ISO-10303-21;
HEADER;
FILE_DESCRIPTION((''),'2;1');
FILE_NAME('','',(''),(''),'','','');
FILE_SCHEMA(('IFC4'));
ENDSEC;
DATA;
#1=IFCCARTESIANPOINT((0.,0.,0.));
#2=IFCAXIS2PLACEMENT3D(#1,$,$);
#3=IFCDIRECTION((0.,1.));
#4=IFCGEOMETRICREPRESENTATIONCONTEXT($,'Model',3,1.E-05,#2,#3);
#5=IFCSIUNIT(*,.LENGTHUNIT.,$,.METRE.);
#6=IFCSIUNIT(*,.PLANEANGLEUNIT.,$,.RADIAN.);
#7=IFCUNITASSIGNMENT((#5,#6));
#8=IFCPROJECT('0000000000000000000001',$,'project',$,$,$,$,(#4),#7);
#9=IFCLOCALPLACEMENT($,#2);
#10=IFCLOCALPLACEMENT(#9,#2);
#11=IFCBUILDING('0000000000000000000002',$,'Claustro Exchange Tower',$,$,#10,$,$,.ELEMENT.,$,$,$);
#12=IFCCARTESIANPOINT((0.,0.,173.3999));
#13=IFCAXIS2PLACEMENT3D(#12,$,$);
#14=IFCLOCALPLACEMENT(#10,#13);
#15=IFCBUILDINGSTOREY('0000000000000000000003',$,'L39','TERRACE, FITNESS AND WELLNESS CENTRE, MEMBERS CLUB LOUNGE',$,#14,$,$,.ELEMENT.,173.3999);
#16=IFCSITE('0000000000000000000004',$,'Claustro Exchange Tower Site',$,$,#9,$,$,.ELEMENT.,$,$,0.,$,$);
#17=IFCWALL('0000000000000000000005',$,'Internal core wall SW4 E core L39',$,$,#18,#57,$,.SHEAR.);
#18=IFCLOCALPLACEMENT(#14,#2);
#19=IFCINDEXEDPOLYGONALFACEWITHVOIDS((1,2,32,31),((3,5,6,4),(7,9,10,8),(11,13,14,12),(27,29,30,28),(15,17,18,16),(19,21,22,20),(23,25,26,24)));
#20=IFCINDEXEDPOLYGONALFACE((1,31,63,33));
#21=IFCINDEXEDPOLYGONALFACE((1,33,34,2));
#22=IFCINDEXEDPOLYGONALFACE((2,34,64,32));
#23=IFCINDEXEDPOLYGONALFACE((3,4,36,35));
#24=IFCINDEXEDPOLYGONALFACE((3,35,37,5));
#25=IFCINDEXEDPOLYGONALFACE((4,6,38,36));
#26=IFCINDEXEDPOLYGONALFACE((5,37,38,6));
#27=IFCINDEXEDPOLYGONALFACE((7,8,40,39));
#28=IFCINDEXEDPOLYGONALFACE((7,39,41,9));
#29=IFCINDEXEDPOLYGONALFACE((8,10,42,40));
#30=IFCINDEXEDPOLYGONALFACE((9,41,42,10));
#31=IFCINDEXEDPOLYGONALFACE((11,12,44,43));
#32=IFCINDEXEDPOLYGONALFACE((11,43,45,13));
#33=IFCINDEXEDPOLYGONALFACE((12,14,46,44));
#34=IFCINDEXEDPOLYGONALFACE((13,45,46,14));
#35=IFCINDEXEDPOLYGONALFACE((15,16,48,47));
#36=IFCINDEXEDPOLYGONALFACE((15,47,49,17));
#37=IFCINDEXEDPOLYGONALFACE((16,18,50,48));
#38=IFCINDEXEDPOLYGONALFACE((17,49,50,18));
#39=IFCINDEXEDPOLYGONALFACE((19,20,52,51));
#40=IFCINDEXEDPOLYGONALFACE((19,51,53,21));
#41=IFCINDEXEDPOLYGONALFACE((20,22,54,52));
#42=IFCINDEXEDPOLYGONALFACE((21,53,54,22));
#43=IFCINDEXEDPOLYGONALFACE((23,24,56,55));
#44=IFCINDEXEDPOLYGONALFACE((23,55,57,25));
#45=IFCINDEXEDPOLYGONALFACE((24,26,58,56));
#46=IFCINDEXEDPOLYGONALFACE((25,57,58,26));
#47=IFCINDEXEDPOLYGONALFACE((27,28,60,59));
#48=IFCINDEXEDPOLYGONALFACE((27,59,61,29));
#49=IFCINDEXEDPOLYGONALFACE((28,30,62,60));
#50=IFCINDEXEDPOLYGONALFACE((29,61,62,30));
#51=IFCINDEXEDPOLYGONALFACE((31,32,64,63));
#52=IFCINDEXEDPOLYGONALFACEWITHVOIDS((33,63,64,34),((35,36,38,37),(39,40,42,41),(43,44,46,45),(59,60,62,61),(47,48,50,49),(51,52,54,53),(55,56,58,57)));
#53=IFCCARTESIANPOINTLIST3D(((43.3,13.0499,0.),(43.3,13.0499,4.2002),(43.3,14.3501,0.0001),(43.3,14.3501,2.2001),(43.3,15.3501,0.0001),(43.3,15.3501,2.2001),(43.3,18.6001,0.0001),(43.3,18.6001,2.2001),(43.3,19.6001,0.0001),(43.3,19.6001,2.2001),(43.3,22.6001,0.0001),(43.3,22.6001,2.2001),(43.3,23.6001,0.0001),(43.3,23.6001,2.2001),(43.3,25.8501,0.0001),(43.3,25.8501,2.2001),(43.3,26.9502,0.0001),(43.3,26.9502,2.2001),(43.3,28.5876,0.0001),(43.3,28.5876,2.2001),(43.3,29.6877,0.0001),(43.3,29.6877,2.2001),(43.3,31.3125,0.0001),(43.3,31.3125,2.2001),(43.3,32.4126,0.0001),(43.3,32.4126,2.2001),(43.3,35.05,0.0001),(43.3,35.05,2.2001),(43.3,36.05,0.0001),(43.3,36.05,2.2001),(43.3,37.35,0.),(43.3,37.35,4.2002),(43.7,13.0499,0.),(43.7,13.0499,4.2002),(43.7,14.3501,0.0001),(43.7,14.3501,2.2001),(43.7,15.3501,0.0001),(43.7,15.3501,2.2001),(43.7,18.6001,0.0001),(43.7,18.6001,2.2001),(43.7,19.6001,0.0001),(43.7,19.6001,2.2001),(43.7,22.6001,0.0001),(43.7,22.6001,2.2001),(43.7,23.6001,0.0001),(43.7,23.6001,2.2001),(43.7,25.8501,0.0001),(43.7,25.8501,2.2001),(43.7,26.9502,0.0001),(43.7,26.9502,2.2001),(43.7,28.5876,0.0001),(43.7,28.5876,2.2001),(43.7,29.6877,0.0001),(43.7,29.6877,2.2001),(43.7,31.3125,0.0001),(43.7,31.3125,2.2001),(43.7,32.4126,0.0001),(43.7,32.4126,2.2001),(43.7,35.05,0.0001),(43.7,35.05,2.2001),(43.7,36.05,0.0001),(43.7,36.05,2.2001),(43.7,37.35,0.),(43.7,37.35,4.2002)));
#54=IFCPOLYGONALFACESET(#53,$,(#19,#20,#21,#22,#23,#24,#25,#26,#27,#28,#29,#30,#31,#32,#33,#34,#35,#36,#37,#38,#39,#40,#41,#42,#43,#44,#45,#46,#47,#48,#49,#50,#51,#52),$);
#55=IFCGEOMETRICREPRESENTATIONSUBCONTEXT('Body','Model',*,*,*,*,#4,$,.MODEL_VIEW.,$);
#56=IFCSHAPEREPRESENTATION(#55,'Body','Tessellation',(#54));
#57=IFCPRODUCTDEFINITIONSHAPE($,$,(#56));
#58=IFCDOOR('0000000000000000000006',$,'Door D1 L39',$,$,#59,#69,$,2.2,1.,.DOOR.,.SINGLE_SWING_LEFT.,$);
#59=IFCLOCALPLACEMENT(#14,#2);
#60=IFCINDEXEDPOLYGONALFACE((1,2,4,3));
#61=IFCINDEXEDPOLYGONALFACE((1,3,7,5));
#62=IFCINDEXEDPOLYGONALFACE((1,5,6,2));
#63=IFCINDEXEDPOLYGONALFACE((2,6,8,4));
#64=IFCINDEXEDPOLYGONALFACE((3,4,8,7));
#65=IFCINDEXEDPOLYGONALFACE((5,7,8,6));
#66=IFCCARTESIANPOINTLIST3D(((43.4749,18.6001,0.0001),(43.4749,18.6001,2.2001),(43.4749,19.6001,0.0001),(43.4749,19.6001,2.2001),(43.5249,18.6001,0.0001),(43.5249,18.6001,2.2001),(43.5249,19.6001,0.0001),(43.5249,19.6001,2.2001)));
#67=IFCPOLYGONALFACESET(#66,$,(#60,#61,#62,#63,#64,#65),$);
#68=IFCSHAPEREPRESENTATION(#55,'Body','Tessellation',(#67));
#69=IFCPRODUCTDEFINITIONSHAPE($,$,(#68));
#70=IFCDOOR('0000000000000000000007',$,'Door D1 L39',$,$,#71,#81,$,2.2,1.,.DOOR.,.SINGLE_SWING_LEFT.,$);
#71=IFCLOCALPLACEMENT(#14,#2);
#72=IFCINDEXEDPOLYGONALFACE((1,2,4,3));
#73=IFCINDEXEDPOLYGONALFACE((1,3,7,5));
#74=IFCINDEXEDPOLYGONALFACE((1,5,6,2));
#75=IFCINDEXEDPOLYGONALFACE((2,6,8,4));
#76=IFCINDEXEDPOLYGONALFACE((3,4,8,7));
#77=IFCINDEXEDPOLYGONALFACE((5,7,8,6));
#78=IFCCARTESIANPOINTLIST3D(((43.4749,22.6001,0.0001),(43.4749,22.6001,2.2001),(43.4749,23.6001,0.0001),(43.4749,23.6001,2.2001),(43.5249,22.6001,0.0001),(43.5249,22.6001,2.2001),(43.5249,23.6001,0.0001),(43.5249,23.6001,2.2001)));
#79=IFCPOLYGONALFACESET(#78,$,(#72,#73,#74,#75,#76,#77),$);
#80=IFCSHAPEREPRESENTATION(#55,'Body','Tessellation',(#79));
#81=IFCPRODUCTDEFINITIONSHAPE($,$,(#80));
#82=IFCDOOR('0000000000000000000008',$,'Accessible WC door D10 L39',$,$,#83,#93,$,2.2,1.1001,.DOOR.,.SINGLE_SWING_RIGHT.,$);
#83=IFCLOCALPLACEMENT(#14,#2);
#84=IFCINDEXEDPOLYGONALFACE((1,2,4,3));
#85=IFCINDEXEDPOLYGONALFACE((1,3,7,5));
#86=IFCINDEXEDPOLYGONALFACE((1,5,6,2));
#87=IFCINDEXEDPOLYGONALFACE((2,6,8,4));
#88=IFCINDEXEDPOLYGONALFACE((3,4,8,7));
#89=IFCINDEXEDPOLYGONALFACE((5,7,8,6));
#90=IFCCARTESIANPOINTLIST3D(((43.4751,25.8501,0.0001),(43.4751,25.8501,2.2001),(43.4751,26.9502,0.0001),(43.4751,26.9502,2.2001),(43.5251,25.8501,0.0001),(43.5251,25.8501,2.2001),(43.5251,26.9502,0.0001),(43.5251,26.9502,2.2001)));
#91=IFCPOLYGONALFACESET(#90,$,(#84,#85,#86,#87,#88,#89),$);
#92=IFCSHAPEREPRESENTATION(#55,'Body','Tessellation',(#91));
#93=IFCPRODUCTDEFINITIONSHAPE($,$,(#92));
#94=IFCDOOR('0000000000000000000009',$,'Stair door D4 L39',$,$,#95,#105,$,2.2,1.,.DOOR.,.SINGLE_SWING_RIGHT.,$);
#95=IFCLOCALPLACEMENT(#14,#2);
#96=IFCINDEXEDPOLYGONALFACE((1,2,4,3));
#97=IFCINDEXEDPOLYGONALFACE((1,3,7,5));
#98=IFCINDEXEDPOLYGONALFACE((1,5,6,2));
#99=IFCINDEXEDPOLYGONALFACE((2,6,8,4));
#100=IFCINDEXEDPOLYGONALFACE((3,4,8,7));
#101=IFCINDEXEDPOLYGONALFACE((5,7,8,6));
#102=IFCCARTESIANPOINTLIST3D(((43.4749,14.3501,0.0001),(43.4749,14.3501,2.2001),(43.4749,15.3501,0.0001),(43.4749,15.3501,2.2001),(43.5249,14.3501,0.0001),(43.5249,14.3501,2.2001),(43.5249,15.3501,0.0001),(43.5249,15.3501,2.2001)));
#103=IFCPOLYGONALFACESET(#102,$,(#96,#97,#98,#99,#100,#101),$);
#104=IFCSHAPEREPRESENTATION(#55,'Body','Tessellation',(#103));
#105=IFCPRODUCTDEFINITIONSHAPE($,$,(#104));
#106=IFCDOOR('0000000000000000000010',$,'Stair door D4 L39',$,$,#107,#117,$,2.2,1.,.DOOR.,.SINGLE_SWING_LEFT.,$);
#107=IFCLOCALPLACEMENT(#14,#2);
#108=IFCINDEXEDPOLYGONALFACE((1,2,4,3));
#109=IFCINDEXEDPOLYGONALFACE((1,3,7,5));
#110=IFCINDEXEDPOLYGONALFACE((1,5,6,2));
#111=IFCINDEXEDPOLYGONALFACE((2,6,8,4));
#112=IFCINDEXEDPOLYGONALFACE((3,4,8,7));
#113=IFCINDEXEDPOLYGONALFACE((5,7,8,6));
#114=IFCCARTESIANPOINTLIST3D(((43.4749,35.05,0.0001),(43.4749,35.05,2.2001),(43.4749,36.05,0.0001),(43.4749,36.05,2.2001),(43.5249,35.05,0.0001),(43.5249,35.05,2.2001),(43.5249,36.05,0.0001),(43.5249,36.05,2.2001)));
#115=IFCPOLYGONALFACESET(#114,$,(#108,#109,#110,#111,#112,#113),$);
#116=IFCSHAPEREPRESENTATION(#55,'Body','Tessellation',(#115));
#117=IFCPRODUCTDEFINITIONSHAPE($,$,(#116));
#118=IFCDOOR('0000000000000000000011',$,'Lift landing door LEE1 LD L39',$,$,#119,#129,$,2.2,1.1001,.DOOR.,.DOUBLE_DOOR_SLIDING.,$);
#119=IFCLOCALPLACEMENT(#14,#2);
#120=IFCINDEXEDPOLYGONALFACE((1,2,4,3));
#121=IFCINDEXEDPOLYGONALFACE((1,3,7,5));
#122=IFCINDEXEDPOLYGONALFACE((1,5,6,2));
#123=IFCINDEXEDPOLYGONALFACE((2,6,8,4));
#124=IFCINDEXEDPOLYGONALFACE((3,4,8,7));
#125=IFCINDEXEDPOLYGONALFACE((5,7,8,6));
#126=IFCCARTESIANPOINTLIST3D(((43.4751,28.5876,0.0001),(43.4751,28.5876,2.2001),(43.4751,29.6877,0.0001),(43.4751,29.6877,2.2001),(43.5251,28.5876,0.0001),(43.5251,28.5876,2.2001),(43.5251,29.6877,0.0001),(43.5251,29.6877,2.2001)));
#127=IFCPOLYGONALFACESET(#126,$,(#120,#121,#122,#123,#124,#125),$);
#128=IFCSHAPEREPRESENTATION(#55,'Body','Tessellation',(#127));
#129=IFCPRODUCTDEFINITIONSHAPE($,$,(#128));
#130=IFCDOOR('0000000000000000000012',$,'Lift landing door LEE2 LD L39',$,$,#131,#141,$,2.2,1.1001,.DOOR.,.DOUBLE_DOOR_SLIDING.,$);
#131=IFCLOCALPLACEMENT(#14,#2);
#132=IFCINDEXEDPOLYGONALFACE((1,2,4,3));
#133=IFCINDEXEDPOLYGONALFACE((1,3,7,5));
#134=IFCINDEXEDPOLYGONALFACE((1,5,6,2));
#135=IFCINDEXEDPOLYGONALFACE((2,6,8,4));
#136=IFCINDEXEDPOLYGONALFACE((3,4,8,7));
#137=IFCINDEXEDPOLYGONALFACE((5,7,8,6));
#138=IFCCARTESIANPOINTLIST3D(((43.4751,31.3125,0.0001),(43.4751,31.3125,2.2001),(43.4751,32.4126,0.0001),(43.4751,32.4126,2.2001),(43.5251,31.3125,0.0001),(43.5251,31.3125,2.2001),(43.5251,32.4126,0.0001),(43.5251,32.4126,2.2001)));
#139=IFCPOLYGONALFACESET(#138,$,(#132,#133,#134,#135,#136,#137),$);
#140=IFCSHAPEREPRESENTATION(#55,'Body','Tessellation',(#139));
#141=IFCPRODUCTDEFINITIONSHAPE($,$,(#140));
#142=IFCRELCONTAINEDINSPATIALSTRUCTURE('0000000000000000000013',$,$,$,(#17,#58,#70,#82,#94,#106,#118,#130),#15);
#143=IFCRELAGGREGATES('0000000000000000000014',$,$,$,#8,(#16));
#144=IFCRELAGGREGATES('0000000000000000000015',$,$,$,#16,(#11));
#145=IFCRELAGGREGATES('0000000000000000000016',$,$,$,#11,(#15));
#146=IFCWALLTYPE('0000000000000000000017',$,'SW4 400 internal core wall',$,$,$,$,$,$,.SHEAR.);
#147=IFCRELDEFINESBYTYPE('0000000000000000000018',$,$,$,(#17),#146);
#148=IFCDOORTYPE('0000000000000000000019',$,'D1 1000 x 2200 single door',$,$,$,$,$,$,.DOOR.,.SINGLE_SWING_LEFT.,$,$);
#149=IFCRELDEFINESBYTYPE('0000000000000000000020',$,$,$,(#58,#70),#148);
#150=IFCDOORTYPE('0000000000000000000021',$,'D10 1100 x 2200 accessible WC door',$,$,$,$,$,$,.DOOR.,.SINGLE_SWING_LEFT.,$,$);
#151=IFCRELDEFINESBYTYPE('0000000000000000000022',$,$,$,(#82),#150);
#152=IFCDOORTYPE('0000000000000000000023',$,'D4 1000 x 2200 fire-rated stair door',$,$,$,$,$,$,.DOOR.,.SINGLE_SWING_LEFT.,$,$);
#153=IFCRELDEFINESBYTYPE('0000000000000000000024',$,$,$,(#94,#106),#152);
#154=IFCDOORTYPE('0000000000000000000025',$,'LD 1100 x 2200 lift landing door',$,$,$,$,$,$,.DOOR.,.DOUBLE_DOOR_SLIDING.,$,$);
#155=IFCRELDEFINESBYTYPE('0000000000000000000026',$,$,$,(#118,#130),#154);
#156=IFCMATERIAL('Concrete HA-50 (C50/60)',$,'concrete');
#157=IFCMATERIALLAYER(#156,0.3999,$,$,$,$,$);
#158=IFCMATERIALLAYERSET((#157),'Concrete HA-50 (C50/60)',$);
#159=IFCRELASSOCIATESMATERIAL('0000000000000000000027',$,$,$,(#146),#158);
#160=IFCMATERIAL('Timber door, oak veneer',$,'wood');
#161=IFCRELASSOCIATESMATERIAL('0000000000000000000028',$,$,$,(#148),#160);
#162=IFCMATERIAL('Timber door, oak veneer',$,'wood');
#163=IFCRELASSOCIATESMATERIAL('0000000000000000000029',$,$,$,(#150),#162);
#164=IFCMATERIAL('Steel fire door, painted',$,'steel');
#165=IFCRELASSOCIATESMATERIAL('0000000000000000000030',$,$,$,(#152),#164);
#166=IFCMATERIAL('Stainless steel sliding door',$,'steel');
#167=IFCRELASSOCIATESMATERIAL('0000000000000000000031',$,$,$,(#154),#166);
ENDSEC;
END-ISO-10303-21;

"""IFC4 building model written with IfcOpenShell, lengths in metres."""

from ifc_helpers import new_model, si_unit, direction, frame, frame_2d, origin, place, context, subcontext, project, spatial, rectangle, extrude, material, layer, layer_set, type_object, element, fill, save


model = new_model("IFC4")

# Units and contexts
model_context = context("Model", 3, precision=1e-05, world=origin(), true_north=direction((0.0, 1.0)))
body_context = subcontext(model_context, "Body", "Model", "MODEL_VIEW")
ifc_project = project(units=[si_unit("LENGTHUNIT", "METRE"), si_unit("PLANEANGLEUNIT", "RADIAN")], contexts=[model_context])

# Site, building, storey
site_placement = place(None, origin())
site = spatial("IfcSite", under=ifc_project, at=site_placement, Name="Claustro Exchange Tower Site", CompositionType="ELEMENT", RefElevation=0.0)
building_placement = place(site_placement, origin())
building = spatial("IfcBuilding", under=site, at=building_placement, Name="Claustro Exchange Tower", CompositionType="ELEMENT")
storey_placement = place(building_placement, frame((0.0, 0.0, 173.3999)))
storey = spatial("IfcBuildingStorey", under=building, at=storey_placement, Name="L39", Description="TERRACE, FITNESS AND WELLNESS CENTRE, MEMBERS CLUB LOUNGE", CompositionType="ELEMENT", Elevation=173.3999)

# Wall, openings, doors
ifc_material_1 = material(Name="Concrete HA-50 (C50/60)", Category="concrete")
ifc_layer_1 = layer(ifc_material_1, 0.3999)
ifc_layer_set_1 = layer_set([ifc_layer_1], Name="Concrete HA-50 (C50/60)")
wall_type_1 = type_object("IfcWallType", Name="SW4 400 internal core wall", PredefinedType="SHEAR", material=ifc_layer_set_1)
wall_1_placement = place(storey_placement, frame((43.5, 13.05, 0.0), z_axis=(0.0, 0.0, 1.0), x_axis=(0.0, 1.0, 0.0)))
wall_1 = element("IfcWall", 1, at=wall_1_placement, inside=storey, type_object=wall_type_1, Name="Internal core wall SW4 E core L39", PredefinedType="SHEAR", context=body_context, shape_type="SweptSolid", body=[
    extrude(rectangle(XDim=24.3, YDim=0.3999, at=frame_2d((12.1499, 0.0))), origin(), (0.0, 0.0, 1.0), 4.2002),
])
opening_1_placement = place(wall_1_placement, frame((1.3, 0.0, 0.0)))
opening_1 = element("IfcOpeningElement", 2, at=opening_1_placement, cuts=wall_1, PredefinedType="OPENING", context=body_context, shape_type="SweptSolid", body=[
    extrude(rectangle(XDim=1.0, YDim=2.2, at=frame_2d((0.5, 1.1001))), frame((0.0, 0.21, 0.0), z_axis=(0.0, -1.0, 0.0), x_axis=(1.0, 0.0, 0.0)), (0.0, 0.0, 1.0), 0.4199),
])
opening_2_placement = place(wall_1_placement, frame((22.0, 0.0, 0.0)))
opening_2 = element("IfcOpeningElement", 3, at=opening_2_placement, cuts=wall_1, PredefinedType="OPENING", context=body_context, shape_type="SweptSolid", body=[
    extrude(rectangle(XDim=1.0, YDim=2.2, at=frame_2d((0.5, 1.1001))), frame((0.0, 0.21, 0.0), z_axis=(0.0, -1.0, 0.0), x_axis=(1.0, 0.0, 0.0)), (0.0, 0.0, 1.0), 0.4199),
])
opening_3_placement = place(wall_1_placement, frame((5.55, 0.0, 0.0)))
opening_3 = element("IfcOpeningElement", 4, at=opening_3_placement, cuts=wall_1, PredefinedType="OPENING", context=body_context, shape_type="SweptSolid", body=[
    extrude(rectangle(XDim=1.0, YDim=2.2, at=frame_2d((0.5, 1.1001))), frame((0.0, 0.21, 0.0), z_axis=(0.0, -1.0, 0.0), x_axis=(1.0, 0.0, 0.0)), (0.0, 0.0, 1.0), 0.4199),
])
opening_4_placement = place(wall_1_placement, frame((9.55, 0.0, 0.0)))
opening_4 = element("IfcOpeningElement", 5, at=opening_4_placement, cuts=wall_1, PredefinedType="OPENING", context=body_context, shape_type="SweptSolid", body=[
    extrude(rectangle(XDim=1.0, YDim=2.2, at=frame_2d((0.5, 1.1001))), frame((0.0, 0.21, 0.0), z_axis=(0.0, -1.0, 0.0), x_axis=(1.0, 0.0, 0.0)), (0.0, 0.0, 1.0), 0.4199),
])
opening_5_placement = place(wall_1_placement, frame((12.8, 0.0, 0.0)))
opening_5 = element("IfcOpeningElement", 6, at=opening_5_placement, cuts=wall_1, PredefinedType="OPENING", context=body_context, shape_type="SweptSolid", body=[
    extrude(rectangle(XDim=1.1001, YDim=2.2, at=frame_2d((0.55, 1.1001))), frame((0.0, 0.21, 0.0), z_axis=(0.0, -1.0, 0.0), x_axis=(1.0, 0.0, 0.0)), (0.0, 0.0, 1.0), 0.4199),
])
opening_6_placement = place(wall_1_placement, frame((15.5376, 0.0, 0.0)))
opening_6 = element("IfcOpeningElement", 7, at=opening_6_placement, cuts=wall_1, PredefinedType="OPENING", context=body_context, shape_type="SweptSolid", body=[
    extrude(rectangle(XDim=1.1001, YDim=2.2, at=frame_2d((0.55, 1.1001))), frame((0.0, 0.21, 0.0), z_axis=(0.0, -1.0, 0.0), x_axis=(1.0, 0.0, 0.0)), (0.0, 0.0, 1.0), 0.4199),
])
opening_7_placement = place(wall_1_placement, frame((18.2625, 0.0, 0.0)))
opening_7 = element("IfcOpeningElement", 8, at=opening_7_placement, cuts=wall_1, PredefinedType="OPENING", context=body_context, shape_type="SweptSolid", body=[
    extrude(rectangle(XDim=1.1001, YDim=2.2, at=frame_2d((0.55, 1.1001))), frame((0.0, 0.21, 0.0), z_axis=(0.0, -1.0, 0.0), x_axis=(1.0, 0.0, 0.0)), (0.0, 0.0, 1.0), 0.4199),
])
ifc_material_2 = material(Name="Timber door, oak veneer", Category="wood")
door_type_1 = type_object("IfcDoorType", Name="D1 1000 x 2200 single door", OperationType="SINGLE_SWING_LEFT", PredefinedType="DOOR", material=ifc_material_2)
door_1_placement = place(opening_3_placement, frame((1.0, 0.0, 0.0), z_axis=(0.0, 0.0, 1.0), x_axis=(-1.0, 0.0, 0.0)))
door_1 = element("IfcDoor", 9, at=door_1_placement, inside=storey, type_object=door_type_1, Name="Door D1 L39", OperationType="SINGLE_SWING_LEFT", OverallHeight=2.2, OverallWidth=1.0, PredefinedType="DOOR", context=body_context, shape_type="SweptSolid", body=[
    extrude(rectangle(XDim=1.0, YDim=2.2, at=frame_2d((0.5, 1.1001))), frame((0.0, 0.0249, 0.0), z_axis=(0.0, -1.0, 0.0), x_axis=(1.0, 0.0, 0.0)), (0.0, 0.0, 1.0), 0.05),
])
fill(opening_3, door_1)
door_2_placement = place(opening_4_placement, frame((1.0, 0.0, 0.0), z_axis=(0.0, 0.0, 1.0), x_axis=(-1.0, 0.0, 0.0)))
door_2 = element("IfcDoor", 10, at=door_2_placement, inside=storey, type_object=door_type_1, Name="Door D1 L39", OperationType="SINGLE_SWING_LEFT", OverallHeight=2.2, OverallWidth=1.0, PredefinedType="DOOR", context=body_context, shape_type="SweptSolid", body=[
    extrude(rectangle(XDim=1.0, YDim=2.2, at=frame_2d((0.5, 1.1001))), frame((0.0, 0.0249, 0.0), z_axis=(0.0, -1.0, 0.0), x_axis=(1.0, 0.0, 0.0)), (0.0, 0.0, 1.0), 0.05),
])
fill(opening_4, door_2)
ifc_material_3 = material(Name="Timber door, oak veneer", Category="wood")
door_type_2 = type_object("IfcDoorType", Name="D10 1100 x 2200 accessible WC door", OperationType="SINGLE_SWING_LEFT", PredefinedType="DOOR", material=ifc_material_3)
door_3_placement = place(opening_5_placement, origin())
door_3 = element("IfcDoor", 11, at=door_3_placement, inside=storey, type_object=door_type_2, Name="Accessible WC door D10 L39", OperationType="SINGLE_SWING_RIGHT", OverallHeight=2.2, OverallWidth=1.1001, PredefinedType="DOOR", context=body_context, shape_type="SweptSolid", body=[
    extrude(rectangle(XDim=1.1001, YDim=2.2, at=frame_2d((0.55, 1.1001))), frame((0.0, 0.0249, 0.0), z_axis=(0.0, -1.0, 0.0), x_axis=(1.0, 0.0, 0.0)), (0.0, 0.0, 1.0), 0.05),
])
fill(opening_5, door_3)
ifc_material_4 = material(Name="Steel fire door, painted", Category="steel")
door_type_3 = type_object("IfcDoorType", Name="D4 1000 x 2200 fire-rated stair door", OperationType="SINGLE_SWING_LEFT", PredefinedType="DOOR", material=ifc_material_4)
door_4_placement = place(opening_1_placement, frame((1.0, 0.0, 0.0), z_axis=(0.0, 0.0, 1.0), x_axis=(-1.0, 0.0, 0.0)))
door_4 = element("IfcDoor", 12, at=door_4_placement, inside=storey, type_object=door_type_3, Name="Stair door D4 L39", OperationType="SINGLE_SWING_RIGHT", OverallHeight=2.2, OverallWidth=1.0, PredefinedType="DOOR", context=body_context, shape_type="SweptSolid", body=[
    extrude(rectangle(XDim=1.0, YDim=2.2, at=frame_2d((0.5, 1.1001))), frame((0.0, 0.0249, 0.0), z_axis=(0.0, -1.0, 0.0), x_axis=(1.0, 0.0, 0.0)), (0.0, 0.0, 1.0), 0.05),
])
fill(opening_1, door_4)
door_5_placement = place(opening_2_placement, frame((1.0, 0.0, 0.0), z_axis=(0.0, 0.0, 1.0), x_axis=(-1.0, 0.0, 0.0)))
door_5 = element("IfcDoor", 13, at=door_5_placement, inside=storey, type_object=door_type_3, Name="Stair door D4 L39", OperationType="SINGLE_SWING_LEFT", OverallHeight=2.2, OverallWidth=1.0, PredefinedType="DOOR", context=body_context, shape_type="SweptSolid", body=[
    extrude(rectangle(XDim=1.0, YDim=2.2, at=frame_2d((0.5, 1.1001))), frame((0.0, 0.0249, 0.0), z_axis=(0.0, -1.0, 0.0), x_axis=(1.0, 0.0, 0.0)), (0.0, 0.0, 1.0), 0.05),
])
fill(opening_2, door_5)
ifc_material_5 = material(Name="Stainless steel sliding door", Category="steel")
door_type_4 = type_object("IfcDoorType", Name="LD 1100 x 2200 lift landing door", OperationType="DOUBLE_DOOR_SLIDING", PredefinedType="DOOR", material=ifc_material_5)
door_6_placement = place(opening_6_placement, origin())
door_6 = element("IfcDoor", 14, at=door_6_placement, inside=storey, type_object=door_type_4, Name="Lift landing door LEE1 LD L39", OperationType="DOUBLE_DOOR_SLIDING", OverallHeight=2.2, OverallWidth=1.1001, PredefinedType="DOOR", context=body_context, shape_type="SweptSolid", body=[
    extrude(rectangle(XDim=1.1001, YDim=2.2, at=frame_2d((0.55, 1.1001))), frame((0.0, 0.0249, 0.0), z_axis=(0.0, -1.0, 0.0), x_axis=(1.0, 0.0, 0.0)), (0.0, 0.0, 1.0), 0.05),
])
fill(opening_6, door_6)
door_7_placement = place(opening_7_placement, origin())
door_7 = element("IfcDoor", 15, at=door_7_placement, inside=storey, type_object=door_type_4, Name="Lift landing door LEE2 LD L39", OperationType="DOUBLE_DOOR_SLIDING", OverallHeight=2.2, OverallWidth=1.1001, PredefinedType="DOOR", context=body_context, shape_type="SweptSolid", body=[
    extrude(rectangle(XDim=1.1001, YDim=2.2, at=frame_2d((0.55, 1.1001))), frame((0.0, 0.0249, 0.0), z_axis=(0.0, -1.0, 0.0), x_axis=(1.0, 0.0, 0.0)), (0.0, 0.0, 1.0), 0.05),
])
fill(opening_7, door_7)

save(model, "model.ifc")
